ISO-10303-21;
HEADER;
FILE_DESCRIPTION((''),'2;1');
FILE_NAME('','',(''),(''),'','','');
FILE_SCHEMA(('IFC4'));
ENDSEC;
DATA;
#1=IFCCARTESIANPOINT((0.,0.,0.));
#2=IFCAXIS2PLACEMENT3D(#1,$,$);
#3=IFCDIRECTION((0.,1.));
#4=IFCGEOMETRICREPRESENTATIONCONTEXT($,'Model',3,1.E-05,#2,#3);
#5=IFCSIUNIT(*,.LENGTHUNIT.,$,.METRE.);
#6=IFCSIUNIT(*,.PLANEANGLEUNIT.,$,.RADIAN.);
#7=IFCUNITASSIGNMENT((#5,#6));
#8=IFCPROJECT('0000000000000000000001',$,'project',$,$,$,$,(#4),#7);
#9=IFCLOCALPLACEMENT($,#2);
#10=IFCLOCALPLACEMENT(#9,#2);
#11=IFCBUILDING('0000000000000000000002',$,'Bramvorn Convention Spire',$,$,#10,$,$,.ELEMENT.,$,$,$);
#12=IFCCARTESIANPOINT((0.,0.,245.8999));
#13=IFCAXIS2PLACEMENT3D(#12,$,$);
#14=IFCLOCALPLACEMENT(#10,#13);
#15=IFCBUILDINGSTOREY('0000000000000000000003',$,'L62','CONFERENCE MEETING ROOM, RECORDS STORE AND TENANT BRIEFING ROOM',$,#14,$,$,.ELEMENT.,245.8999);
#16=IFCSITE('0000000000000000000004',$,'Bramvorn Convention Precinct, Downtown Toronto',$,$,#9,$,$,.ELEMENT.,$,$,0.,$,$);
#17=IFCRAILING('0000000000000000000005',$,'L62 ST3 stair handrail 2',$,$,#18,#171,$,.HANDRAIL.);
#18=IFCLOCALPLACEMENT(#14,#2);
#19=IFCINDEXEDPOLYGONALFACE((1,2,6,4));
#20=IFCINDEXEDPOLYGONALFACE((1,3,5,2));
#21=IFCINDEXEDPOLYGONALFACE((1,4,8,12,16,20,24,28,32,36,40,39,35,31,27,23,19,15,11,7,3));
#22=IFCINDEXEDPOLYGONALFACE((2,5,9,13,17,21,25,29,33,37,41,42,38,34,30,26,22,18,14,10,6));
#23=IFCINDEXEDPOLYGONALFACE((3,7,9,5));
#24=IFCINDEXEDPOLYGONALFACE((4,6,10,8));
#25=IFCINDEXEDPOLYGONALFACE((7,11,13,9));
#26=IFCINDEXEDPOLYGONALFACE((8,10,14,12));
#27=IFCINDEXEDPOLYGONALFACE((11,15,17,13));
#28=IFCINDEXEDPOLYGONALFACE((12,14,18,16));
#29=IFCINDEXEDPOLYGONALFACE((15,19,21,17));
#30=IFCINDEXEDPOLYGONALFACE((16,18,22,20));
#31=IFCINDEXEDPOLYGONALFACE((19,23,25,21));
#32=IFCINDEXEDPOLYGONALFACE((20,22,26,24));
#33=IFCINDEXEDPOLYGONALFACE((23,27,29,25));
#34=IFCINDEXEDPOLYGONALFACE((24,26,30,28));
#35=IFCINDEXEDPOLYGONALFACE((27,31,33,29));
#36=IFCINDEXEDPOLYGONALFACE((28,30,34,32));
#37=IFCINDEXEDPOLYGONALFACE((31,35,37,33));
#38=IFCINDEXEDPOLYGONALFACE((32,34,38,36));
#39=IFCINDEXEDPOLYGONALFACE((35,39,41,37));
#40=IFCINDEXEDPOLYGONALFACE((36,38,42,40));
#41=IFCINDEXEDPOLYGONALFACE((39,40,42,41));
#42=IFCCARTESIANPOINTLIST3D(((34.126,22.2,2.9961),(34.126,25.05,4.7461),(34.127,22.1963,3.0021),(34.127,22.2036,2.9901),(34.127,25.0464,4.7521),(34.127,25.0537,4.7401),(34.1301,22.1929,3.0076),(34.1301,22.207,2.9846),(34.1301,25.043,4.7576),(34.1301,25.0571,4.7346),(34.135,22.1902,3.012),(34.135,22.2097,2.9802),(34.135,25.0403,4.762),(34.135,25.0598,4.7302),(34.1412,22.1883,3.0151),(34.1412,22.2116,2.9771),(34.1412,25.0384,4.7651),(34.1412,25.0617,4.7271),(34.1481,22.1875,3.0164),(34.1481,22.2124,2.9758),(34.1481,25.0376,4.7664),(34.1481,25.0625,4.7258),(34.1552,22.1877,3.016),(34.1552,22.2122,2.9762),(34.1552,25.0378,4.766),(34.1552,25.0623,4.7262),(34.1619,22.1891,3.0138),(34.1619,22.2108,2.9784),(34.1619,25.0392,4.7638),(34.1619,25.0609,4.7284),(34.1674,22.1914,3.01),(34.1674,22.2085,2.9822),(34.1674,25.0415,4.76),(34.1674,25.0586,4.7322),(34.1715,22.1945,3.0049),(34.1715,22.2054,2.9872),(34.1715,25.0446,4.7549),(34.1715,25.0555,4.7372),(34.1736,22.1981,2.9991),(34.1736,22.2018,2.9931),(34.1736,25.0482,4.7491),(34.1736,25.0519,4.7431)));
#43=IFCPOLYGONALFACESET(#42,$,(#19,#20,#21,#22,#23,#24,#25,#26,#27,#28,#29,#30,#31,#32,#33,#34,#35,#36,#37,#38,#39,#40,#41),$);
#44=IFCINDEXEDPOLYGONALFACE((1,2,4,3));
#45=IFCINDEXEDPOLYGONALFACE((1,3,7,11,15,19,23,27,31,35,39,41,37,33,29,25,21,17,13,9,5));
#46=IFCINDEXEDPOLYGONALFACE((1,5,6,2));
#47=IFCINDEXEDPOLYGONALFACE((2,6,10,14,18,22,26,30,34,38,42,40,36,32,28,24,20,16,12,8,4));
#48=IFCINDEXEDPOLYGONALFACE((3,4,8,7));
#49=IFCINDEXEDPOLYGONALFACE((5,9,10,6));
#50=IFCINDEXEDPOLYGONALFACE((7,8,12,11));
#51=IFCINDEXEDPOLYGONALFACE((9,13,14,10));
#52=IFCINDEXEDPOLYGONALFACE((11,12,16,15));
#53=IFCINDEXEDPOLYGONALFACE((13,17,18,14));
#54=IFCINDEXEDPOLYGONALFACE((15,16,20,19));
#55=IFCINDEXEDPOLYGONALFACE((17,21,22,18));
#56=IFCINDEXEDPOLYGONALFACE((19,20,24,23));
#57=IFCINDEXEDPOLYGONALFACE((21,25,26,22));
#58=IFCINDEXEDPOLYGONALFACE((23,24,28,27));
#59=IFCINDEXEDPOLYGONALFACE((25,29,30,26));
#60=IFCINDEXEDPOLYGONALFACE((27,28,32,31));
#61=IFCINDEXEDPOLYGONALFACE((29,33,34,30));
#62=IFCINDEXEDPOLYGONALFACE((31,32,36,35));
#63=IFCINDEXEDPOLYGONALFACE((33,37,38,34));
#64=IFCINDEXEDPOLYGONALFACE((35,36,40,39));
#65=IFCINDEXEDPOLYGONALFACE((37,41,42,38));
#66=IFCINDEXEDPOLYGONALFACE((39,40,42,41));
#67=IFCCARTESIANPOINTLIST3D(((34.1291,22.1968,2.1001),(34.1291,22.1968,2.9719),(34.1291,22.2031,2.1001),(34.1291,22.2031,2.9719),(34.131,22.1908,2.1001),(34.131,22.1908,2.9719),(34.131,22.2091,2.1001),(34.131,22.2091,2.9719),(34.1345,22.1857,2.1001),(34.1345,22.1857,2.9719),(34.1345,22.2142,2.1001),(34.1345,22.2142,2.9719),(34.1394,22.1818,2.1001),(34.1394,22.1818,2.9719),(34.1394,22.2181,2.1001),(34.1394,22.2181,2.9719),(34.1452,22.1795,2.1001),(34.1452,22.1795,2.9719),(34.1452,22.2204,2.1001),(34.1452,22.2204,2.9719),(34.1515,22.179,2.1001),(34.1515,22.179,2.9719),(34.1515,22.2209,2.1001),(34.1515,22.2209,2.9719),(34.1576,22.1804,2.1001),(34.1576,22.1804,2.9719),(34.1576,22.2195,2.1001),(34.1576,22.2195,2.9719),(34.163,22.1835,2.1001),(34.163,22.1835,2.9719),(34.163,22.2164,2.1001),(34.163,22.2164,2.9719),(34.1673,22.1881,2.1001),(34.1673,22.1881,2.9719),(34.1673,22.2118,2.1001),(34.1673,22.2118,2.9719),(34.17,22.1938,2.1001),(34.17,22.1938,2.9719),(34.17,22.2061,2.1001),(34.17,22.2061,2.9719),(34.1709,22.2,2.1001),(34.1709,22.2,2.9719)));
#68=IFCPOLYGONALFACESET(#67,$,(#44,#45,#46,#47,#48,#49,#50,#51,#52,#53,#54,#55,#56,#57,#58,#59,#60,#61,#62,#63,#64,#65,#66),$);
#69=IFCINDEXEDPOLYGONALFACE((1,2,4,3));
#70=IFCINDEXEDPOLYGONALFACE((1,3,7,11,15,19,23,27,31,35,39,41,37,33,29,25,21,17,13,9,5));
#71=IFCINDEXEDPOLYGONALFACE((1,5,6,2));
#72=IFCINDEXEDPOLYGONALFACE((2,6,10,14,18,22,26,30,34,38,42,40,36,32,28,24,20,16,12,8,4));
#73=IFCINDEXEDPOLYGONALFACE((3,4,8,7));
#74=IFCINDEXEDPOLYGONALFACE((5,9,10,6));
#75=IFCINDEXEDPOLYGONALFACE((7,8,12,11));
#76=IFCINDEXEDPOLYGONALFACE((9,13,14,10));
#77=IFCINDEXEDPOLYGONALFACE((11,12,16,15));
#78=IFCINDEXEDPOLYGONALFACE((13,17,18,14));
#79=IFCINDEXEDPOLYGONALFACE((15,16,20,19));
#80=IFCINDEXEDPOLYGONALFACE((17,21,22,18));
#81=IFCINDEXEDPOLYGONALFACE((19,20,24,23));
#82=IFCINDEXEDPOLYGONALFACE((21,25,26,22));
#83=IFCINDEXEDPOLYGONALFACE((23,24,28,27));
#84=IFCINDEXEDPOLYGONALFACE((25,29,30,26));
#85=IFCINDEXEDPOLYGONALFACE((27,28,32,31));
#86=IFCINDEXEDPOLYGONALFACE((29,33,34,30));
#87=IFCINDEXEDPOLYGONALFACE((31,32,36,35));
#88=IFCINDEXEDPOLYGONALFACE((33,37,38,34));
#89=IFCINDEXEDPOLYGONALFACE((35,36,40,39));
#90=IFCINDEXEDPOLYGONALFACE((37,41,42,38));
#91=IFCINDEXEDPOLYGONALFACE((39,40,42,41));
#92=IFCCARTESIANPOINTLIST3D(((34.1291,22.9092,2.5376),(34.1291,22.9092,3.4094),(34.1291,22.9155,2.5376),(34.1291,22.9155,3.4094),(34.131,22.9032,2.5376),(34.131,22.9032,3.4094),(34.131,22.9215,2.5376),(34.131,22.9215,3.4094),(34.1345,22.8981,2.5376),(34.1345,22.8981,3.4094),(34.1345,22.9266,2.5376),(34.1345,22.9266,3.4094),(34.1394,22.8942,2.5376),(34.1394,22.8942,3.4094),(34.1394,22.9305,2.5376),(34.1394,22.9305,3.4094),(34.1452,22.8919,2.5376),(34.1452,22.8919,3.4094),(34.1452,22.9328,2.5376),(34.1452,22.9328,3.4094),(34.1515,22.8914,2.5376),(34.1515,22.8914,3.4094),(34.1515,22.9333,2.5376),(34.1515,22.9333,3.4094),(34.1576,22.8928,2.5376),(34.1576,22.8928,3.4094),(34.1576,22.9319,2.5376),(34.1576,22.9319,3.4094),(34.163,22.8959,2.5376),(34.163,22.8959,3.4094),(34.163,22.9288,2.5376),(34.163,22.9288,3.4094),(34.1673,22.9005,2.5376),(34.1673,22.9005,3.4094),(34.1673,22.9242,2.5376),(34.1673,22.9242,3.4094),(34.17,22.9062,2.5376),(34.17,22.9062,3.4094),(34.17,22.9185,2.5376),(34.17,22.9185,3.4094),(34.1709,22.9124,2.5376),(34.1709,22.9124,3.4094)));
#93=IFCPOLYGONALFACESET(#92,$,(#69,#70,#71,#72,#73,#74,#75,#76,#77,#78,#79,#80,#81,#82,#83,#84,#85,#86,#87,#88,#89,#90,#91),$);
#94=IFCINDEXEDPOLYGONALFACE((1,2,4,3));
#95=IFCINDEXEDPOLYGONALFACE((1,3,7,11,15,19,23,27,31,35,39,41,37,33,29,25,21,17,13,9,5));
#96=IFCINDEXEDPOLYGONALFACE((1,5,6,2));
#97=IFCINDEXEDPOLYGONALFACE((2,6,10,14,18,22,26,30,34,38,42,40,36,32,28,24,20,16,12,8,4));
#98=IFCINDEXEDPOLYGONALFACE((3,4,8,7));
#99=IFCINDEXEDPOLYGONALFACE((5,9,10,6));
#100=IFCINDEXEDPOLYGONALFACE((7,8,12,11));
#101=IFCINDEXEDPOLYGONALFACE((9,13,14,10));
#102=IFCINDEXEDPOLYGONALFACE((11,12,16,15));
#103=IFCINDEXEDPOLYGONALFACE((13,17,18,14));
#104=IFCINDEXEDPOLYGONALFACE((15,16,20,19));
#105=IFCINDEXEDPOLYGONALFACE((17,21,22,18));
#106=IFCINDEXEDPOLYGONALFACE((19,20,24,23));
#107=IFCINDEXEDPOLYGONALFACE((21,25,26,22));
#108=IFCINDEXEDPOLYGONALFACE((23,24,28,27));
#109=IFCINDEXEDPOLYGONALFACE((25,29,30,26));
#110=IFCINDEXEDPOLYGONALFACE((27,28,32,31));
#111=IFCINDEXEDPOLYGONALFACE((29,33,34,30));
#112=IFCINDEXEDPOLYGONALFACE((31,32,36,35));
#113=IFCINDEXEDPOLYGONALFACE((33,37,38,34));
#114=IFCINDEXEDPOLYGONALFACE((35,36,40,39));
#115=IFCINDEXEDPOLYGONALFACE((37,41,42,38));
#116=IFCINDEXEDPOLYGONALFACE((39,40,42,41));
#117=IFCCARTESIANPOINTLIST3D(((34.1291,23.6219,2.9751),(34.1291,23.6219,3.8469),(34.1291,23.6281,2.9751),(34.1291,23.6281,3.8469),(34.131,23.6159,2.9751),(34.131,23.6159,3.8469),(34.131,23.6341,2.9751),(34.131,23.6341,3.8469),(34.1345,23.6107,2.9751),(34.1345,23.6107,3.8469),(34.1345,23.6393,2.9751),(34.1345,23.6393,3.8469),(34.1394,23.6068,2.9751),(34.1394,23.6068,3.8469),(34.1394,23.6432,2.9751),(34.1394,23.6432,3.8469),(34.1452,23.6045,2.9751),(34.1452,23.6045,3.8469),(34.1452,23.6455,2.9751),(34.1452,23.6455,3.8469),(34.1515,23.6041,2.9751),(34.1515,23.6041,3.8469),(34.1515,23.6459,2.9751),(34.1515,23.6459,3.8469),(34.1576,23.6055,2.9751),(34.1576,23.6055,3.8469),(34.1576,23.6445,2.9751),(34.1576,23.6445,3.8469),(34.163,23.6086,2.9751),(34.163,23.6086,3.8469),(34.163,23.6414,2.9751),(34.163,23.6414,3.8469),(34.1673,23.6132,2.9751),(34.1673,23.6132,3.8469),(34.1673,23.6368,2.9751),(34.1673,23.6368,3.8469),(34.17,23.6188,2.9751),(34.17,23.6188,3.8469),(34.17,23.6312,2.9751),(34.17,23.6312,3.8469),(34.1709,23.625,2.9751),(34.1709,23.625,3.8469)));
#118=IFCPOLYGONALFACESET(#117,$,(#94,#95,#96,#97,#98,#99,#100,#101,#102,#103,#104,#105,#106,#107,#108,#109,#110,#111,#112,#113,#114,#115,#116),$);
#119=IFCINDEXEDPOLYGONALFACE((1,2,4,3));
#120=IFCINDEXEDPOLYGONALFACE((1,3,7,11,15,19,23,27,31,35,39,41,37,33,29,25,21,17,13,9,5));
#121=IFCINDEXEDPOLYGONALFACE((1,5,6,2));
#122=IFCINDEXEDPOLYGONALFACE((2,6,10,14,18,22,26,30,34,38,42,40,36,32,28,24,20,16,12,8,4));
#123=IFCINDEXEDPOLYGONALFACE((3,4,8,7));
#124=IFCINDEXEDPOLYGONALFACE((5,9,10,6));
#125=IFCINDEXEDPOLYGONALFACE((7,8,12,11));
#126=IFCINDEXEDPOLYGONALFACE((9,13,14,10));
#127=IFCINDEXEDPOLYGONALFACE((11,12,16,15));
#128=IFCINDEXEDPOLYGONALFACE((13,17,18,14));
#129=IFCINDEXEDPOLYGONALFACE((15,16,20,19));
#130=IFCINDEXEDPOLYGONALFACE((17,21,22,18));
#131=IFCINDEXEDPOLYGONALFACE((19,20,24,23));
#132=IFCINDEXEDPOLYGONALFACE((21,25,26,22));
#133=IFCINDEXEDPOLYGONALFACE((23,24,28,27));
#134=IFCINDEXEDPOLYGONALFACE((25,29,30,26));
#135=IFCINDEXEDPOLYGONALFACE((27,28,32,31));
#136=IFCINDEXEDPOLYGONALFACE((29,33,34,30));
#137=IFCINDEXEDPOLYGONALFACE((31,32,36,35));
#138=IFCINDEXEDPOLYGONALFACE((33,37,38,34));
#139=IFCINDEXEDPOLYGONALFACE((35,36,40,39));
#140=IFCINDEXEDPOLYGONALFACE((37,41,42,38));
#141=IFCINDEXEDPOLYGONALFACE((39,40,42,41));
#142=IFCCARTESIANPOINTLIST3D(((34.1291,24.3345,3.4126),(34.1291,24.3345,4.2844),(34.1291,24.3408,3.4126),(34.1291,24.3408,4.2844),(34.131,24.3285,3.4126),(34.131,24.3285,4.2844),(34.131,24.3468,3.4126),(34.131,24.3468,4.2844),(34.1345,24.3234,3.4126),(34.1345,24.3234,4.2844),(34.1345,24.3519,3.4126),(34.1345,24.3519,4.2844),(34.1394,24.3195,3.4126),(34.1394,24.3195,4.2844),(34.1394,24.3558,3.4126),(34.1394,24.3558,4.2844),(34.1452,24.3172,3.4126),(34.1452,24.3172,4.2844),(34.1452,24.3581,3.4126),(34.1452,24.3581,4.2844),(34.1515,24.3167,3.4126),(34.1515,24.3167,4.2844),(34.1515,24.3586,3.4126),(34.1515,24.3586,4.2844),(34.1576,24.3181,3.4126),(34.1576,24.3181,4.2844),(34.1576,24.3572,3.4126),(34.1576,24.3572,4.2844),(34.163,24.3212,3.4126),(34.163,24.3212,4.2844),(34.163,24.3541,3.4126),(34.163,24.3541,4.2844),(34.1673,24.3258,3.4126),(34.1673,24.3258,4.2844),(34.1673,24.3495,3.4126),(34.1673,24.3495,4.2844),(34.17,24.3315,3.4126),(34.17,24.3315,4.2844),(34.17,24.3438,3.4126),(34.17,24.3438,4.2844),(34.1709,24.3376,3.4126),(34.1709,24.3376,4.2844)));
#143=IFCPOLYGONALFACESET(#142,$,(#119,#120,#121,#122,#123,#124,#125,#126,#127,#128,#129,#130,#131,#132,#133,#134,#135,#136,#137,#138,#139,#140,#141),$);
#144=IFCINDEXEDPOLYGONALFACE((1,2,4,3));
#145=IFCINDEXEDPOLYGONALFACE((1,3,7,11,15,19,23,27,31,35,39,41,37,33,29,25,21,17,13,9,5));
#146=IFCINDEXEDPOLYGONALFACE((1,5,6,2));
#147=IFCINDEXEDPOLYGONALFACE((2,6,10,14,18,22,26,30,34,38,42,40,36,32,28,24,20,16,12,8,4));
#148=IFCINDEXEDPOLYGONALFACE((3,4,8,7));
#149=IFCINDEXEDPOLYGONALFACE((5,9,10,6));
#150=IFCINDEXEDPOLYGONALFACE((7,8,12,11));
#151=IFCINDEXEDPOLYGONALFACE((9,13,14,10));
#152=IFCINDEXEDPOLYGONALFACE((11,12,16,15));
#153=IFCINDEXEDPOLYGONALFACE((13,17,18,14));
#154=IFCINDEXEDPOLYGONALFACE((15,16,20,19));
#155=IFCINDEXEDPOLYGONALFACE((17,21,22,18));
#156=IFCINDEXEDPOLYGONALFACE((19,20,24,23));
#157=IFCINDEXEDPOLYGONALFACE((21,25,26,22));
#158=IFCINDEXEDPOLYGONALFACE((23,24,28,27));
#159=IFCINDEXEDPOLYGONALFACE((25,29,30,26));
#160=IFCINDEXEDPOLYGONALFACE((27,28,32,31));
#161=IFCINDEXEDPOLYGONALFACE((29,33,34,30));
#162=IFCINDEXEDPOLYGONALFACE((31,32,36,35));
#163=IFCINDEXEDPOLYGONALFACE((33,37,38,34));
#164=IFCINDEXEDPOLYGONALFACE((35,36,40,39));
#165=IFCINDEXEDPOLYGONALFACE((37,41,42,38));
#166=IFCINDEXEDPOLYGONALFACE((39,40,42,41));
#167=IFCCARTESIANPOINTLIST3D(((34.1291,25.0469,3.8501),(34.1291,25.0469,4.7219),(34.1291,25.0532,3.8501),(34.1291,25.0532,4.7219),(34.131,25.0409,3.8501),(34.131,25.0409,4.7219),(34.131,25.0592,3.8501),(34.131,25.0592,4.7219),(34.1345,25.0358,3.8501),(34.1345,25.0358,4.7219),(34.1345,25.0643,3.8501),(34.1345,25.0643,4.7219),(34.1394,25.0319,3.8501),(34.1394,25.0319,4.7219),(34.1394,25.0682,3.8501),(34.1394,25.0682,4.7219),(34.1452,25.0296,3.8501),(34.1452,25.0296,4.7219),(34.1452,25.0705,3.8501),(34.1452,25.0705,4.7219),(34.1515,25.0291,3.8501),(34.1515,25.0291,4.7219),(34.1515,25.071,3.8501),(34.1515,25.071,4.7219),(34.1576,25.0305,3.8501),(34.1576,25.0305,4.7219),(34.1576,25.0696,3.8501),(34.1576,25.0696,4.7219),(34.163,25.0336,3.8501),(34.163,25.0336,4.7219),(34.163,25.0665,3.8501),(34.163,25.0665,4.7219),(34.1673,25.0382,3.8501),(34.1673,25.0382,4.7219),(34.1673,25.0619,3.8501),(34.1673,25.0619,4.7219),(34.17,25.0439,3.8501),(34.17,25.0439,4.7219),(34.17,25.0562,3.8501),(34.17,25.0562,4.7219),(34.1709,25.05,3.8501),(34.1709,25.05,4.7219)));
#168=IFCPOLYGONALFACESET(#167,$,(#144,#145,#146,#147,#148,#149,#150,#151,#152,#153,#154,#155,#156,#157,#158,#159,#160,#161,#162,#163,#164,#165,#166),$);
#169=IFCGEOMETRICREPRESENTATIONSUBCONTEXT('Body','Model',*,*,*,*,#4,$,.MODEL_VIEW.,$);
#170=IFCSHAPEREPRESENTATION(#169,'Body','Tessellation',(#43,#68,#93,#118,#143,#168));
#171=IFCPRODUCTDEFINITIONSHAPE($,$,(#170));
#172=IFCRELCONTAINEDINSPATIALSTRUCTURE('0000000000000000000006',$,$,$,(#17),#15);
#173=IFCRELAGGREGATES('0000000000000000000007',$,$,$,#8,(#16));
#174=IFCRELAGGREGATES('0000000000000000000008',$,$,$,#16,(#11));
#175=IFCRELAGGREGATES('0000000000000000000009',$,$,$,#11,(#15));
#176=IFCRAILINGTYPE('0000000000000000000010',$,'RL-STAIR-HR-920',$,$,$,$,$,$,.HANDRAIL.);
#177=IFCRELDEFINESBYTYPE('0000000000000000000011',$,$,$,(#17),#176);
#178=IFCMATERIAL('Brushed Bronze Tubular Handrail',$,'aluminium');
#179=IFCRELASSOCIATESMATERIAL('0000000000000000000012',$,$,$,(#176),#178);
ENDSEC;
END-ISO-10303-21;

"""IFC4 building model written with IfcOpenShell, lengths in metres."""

from ifc_helpers import new_model, si_unit, direction, frame, origin, origin_2d, place, context, subcontext, project, spatial, circle, extrude, material, type_object, element, save


model = new_model("IFC4")

# Units and contexts
model_context = context("Model", 3, precision=1e-05, world=origin(), true_north=direction((0.0, 1.0)))
body_context = subcontext(model_context, "Body", "Model", "MODEL_VIEW")
ifc_project = project(units=[si_unit("LENGTHUNIT", "METRE"), si_unit("PLANEANGLEUNIT", "RADIAN")], contexts=[model_context])

# Site, building, storey
site_placement = place(None, origin())
site = spatial("IfcSite", under=ifc_project, at=site_placement, Name="Bramvorn Convention Precinct, Downtown Toronto", CompositionType="ELEMENT", RefElevation=0.0)
building_placement = place(site_placement, origin())
building = spatial("IfcBuilding", under=site, at=building_placement, Name="Bramvorn Convention Spire", CompositionType="ELEMENT")
storey_placement = place(building_placement, frame((0.0, 0.0, 245.8999)))
storey = spatial("IfcBuildingStorey", under=building, at=storey_placement, Name="L62", Description="CONFERENCE MEETING ROOM, RECORDS STORE AND TENANT BRIEFING ROOM", CompositionType="ELEMENT", Elevation=245.8999)

# Railing
ifc_material_1 = material(Name="Brushed Bronze Tubular Handrail", Category="aluminium")
railing_type_1 = type_object("IfcRailingType", Name="RL-STAIR-HR-920", PredefinedType="HANDRAIL", material=ifc_material_1)
for number, where, name in (
    (1, (34.1499, 22.2, 2.1001), "L62 ST3 stair handrail 2"),
):
    element("IfcRailing", number, at=place(storey_placement, frame(where)), inside=storey, type_object=railing_type_1, Name=name, PredefinedType="HANDRAIL", context=body_context, shape_type="SweptSolid", body=[
        extrude(circle(Radius=0.0239, at=origin_2d()), frame((0.0, 0.0, 0.896), z_axis=(0.0, 0.852179, 0.52325), x_axis=(-1.0, 0.0, 0.0)), (0.0, 0.0, 1.0), 3.3445),
        extrude(circle(Radius=0.021, at=origin_2d()), origin(), (0.0, 0.0, 1.0), 0.8718),
        extrude(circle(Radius=0.021, at=origin_2d()), frame((0.0, 0.7124, 0.4375)), (0.0, 0.0, 1.0), 0.8718),
        extrude(circle(Radius=0.021, at=origin_2d()), frame((0.0, 1.425, 0.875)), (0.0, 0.0, 1.0), 0.8718),
        extrude(circle(Radius=0.021, at=origin_2d()), frame((0.0, 2.1377, 1.3125)), (0.0, 0.0, 1.0), 0.8718),
        extrude(circle(Radius=0.021, at=origin_2d()), frame((0.0, 2.8501, 1.75)), (0.0, 0.0, 1.0), 0.8718),
    ])

save(model, "model.ifc")
